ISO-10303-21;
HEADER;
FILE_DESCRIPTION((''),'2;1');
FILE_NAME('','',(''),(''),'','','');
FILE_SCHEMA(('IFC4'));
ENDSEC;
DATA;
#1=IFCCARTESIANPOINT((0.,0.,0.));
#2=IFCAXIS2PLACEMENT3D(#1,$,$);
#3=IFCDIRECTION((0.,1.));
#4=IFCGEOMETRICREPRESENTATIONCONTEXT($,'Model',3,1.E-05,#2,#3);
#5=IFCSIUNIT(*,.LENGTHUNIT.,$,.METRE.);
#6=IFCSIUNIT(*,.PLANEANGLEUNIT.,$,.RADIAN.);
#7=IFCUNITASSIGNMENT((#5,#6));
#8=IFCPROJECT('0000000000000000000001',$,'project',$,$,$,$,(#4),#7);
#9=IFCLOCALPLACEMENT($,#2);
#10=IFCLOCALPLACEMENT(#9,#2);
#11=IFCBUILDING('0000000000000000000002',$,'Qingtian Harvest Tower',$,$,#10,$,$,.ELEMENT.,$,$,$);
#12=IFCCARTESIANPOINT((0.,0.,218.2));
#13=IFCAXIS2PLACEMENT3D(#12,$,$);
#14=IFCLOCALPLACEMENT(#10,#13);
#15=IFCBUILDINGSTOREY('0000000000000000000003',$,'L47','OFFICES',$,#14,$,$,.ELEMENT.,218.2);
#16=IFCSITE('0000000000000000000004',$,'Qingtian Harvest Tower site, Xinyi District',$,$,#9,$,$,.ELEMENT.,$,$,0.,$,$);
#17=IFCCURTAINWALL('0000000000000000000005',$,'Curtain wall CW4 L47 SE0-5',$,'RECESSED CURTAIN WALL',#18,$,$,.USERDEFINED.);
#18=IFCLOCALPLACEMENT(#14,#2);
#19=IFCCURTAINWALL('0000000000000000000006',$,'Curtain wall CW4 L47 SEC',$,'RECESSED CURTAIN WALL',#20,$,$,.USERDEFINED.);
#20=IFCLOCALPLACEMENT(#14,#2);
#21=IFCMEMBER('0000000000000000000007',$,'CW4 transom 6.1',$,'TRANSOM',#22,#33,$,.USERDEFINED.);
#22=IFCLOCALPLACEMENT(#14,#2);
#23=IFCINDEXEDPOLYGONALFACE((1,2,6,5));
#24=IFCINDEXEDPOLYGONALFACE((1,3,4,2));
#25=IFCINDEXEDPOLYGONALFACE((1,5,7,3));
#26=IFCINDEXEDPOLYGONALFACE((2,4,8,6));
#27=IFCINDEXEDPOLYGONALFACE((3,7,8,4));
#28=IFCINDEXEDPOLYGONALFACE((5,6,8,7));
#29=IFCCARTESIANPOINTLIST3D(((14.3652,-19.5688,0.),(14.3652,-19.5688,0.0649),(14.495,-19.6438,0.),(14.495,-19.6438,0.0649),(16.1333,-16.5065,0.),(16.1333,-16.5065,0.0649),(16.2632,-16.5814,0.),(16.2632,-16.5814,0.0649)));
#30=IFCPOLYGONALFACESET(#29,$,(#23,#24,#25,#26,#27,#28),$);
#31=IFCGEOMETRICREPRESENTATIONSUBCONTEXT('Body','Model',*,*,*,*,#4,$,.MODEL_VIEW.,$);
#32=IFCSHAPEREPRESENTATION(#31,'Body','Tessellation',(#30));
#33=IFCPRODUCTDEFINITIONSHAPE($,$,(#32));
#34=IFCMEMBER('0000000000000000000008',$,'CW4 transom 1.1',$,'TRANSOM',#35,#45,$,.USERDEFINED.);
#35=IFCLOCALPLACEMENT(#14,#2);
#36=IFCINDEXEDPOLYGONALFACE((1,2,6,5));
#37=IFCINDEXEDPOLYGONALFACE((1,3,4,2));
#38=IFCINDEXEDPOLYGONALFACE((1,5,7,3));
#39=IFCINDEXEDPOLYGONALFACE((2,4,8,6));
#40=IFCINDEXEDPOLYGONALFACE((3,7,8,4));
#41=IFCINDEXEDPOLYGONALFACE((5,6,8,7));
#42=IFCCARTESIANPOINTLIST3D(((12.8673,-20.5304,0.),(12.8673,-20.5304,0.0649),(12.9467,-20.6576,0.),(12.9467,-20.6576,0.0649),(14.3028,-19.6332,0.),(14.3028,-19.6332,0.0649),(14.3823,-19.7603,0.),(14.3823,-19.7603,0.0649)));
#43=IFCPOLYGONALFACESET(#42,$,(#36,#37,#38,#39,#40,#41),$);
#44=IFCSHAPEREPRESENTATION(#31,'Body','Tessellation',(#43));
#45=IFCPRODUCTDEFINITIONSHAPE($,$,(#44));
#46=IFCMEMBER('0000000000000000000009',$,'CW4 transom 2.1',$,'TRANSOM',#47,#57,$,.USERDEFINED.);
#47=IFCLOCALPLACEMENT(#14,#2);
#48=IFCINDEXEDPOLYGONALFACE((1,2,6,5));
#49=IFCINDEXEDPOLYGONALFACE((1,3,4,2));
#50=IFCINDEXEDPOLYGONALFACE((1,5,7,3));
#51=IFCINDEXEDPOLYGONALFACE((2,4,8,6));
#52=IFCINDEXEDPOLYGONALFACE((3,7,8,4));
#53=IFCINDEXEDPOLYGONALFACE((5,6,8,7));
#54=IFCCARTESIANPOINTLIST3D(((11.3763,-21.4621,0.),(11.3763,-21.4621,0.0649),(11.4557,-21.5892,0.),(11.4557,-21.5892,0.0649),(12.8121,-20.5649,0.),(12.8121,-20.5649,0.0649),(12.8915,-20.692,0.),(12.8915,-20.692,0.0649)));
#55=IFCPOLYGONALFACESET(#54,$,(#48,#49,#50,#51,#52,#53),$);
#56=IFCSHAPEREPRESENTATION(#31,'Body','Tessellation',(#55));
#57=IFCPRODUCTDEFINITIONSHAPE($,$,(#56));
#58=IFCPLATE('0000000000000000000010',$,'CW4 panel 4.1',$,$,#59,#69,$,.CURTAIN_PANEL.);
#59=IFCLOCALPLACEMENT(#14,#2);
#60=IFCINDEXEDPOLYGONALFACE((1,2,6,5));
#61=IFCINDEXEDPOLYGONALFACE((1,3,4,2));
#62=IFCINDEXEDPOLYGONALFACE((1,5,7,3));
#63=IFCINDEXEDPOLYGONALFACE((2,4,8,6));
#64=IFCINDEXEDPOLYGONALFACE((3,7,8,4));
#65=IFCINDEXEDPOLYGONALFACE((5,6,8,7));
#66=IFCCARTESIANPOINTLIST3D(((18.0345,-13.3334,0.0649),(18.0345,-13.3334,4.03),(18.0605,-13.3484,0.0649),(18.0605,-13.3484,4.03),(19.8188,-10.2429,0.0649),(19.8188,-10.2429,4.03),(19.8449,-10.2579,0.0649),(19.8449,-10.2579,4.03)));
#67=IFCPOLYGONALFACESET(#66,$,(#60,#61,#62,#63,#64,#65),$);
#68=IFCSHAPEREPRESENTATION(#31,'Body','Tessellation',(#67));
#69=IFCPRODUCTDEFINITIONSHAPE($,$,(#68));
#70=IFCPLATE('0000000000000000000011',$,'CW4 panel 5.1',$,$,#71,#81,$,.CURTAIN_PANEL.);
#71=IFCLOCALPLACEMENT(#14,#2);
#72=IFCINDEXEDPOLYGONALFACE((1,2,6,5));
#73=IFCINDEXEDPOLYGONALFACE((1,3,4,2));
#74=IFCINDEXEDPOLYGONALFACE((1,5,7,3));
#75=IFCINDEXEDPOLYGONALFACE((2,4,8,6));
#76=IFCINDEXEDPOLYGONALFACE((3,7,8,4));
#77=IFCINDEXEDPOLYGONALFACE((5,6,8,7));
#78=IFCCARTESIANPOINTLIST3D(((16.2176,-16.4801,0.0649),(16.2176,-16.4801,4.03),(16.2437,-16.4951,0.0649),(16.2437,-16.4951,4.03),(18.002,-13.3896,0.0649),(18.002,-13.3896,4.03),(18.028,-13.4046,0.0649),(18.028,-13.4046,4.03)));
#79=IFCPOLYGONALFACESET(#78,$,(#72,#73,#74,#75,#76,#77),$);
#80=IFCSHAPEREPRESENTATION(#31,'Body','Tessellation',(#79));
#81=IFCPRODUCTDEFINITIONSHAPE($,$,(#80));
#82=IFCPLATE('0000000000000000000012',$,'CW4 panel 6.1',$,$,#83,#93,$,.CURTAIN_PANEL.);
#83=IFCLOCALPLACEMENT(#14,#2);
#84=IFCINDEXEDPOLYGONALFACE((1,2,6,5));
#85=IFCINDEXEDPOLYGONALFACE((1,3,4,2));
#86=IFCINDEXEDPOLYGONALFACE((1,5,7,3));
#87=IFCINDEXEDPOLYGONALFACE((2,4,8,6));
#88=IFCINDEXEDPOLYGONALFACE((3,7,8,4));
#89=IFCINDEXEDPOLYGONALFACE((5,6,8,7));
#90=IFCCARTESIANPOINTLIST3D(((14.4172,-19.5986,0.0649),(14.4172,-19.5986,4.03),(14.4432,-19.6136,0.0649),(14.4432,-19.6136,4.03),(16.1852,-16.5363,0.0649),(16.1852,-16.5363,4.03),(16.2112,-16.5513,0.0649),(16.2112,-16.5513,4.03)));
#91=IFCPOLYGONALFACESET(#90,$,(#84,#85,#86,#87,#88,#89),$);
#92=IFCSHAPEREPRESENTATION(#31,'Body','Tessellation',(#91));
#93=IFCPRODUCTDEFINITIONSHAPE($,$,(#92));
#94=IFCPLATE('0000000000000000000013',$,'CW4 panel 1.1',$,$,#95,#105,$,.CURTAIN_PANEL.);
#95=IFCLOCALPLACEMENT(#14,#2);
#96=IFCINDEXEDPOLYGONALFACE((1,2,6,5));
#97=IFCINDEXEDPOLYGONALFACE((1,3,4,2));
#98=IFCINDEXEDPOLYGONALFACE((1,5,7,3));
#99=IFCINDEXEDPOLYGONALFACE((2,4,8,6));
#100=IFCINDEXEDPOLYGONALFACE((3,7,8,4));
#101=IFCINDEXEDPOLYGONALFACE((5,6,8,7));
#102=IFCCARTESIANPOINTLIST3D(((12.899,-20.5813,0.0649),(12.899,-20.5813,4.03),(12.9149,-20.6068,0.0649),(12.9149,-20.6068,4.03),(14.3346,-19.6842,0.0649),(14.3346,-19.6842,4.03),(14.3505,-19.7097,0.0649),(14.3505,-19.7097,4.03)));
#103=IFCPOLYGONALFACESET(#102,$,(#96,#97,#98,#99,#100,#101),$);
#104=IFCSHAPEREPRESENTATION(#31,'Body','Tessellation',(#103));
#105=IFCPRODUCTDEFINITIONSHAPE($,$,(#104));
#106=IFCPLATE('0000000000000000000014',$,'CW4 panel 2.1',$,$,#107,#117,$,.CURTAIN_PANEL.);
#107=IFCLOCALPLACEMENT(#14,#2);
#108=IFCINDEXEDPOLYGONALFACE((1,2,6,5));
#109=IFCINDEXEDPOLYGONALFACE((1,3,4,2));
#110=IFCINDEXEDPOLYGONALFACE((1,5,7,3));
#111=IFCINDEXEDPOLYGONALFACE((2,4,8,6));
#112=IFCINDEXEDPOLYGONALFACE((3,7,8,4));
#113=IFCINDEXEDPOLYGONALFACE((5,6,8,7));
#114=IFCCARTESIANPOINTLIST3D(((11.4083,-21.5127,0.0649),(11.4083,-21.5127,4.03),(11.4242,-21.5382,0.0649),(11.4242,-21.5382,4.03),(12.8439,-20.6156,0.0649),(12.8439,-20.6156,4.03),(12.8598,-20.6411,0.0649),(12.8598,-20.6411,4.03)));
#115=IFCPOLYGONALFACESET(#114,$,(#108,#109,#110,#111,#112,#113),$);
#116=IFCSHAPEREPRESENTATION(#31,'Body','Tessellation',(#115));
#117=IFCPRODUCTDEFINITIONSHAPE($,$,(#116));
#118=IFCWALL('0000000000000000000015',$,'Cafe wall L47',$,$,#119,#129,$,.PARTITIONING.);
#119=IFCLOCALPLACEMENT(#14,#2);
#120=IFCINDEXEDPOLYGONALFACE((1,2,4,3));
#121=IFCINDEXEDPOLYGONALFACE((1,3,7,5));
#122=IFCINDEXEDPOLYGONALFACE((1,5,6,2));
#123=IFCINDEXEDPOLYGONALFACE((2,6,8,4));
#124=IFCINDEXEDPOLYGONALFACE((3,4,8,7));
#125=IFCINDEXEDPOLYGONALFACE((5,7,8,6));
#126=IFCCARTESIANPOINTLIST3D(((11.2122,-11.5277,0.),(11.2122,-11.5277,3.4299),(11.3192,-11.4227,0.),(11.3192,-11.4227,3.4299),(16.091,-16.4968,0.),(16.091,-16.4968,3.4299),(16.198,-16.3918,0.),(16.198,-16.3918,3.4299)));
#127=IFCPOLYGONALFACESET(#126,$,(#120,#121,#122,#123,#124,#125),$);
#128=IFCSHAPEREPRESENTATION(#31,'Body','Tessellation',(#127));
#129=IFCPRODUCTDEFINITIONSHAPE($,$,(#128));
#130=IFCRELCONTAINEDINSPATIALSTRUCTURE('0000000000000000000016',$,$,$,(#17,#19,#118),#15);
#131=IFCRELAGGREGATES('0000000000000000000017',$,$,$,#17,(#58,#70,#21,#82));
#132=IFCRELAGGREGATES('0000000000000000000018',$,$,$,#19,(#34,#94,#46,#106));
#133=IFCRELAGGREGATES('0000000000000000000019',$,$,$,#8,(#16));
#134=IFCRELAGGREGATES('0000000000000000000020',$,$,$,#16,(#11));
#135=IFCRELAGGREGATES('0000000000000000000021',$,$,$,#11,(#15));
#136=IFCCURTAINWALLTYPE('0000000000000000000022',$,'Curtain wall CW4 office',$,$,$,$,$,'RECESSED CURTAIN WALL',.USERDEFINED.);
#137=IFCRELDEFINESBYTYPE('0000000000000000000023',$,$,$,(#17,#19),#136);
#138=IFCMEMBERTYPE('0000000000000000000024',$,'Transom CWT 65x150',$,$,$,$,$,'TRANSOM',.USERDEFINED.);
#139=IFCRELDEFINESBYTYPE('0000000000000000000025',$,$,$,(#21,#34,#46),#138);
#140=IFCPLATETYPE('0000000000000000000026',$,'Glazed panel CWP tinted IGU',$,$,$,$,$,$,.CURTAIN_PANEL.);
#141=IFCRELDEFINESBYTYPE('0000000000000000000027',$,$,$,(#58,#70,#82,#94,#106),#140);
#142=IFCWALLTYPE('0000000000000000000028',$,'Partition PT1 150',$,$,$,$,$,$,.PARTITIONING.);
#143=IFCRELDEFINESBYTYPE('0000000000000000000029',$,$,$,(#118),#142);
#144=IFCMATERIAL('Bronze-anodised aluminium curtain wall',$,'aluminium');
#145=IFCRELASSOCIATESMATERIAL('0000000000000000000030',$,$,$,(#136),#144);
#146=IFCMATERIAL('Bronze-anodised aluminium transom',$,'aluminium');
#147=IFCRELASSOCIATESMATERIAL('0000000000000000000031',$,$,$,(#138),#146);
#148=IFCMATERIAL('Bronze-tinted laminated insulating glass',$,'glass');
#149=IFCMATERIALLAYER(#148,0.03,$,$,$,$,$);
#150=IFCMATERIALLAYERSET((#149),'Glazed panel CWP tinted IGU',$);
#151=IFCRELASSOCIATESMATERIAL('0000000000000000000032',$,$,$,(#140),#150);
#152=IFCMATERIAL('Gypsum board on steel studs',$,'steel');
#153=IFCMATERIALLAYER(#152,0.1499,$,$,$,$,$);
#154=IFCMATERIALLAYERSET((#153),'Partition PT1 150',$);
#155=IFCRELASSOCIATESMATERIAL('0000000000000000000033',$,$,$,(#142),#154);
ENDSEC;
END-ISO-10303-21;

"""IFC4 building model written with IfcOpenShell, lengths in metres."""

from ifc_helpers import new_model, si_unit, direction, frame, frame_2d, origin, origin_2d, place, context, subcontext, project, spatial, rectangle, extrude, material, layer, layer_set, material_profile, profile_set, type_object, element, aggregate, save


model = new_model("IFC4")

# Units and contexts
model_context = context("Model", 3, precision=1e-05, world=origin(), true_north=direction((0.0, 1.0)))
body_context = subcontext(model_context, "Body", "Model", "MODEL_VIEW")
ifc_project = project(units=[si_unit("LENGTHUNIT", "METRE"), si_unit("PLANEANGLEUNIT", "RADIAN")], contexts=[model_context])

# Site, building, storey
site_placement = place(None, origin())
site = spatial("IfcSite", under=ifc_project, at=site_placement, Name="Qingtian Harvest Tower site, Xinyi District", CompositionType="ELEMENT", RefElevation=0.0)
building_placement = place(site_placement, origin())
building = spatial("IfcBuilding", under=site, at=building_placement, Name="Qingtian Harvest Tower", CompositionType="ELEMENT")
storey_placement = place(building_placement, frame((0.0, 0.0, 218.2)))
storey = spatial("IfcBuildingStorey", under=building, at=storey_placement, Name="L47", Description="OFFICES", CompositionType="ELEMENT", Elevation=218.2)

# Curtain walls
ifc_material_1 = material(Name="Bronze-anodised aluminium curtain wall", Category="aluminium")
curtain_wall_type = type_object("IfcCurtainWallType", Name="Curtain wall CW4 office", ElementType="RECESSED CURTAIN WALL", PredefinedType="USERDEFINED", material=ifc_material_1)
curtain_wall_1_placement = place(storey_placement, origin())
curtain_wall_1 = element("IfcCurtainWall", 1, at=curtain_wall_1_placement, inside=storey, type_object=curtain_wall_type, Name="Curtain wall CW4 L47 SE0-5", ObjectType="RECESSED CURTAIN WALL", PredefinedType="USERDEFINED")
curtain_wall_2_placement = place(storey_placement, origin())
curtain_wall_2 = element("IfcCurtainWall", 2, at=curtain_wall_2_placement, inside=storey, type_object=curtain_wall_type, Name="Curtain wall CW4 L47 SEC", ObjectType="RECESSED CURTAIN WALL", PredefinedType="USERDEFINED")

# Members
ifc_material_2 = material(Name="Bronze-anodised aluminium transom", Category="aluminium")
ifc_material_profile_1 = material_profile(ifc_material_2, rectangle(XDim=0.1499, YDim=0.0649, at=origin_2d()), Name="AL 65x150")
ifc_profile_set_1 = profile_set([ifc_material_profile_1], Name="Bronze-anodised aluminium transom")
member_type_1 = type_object("IfcMemberType", Name="Transom CWT 65x150", ElementType="TRANSOM", PredefinedType="USERDEFINED", material=ifc_profile_set_1)
member_1_placement = place(storey_placement, frame((16.1982, -16.5439, 0.0325), z_axis=(-0.500015, -0.866017, 0.0), x_axis=(0.866017, -0.500015, 0.0)))
member_1 = element("IfcMember", 3, at=member_1_placement, type_object=member_type_1, Name="CW4 transom 6.1", ObjectType="TRANSOM", PredefinedType="USERDEFINED", context=body_context, shape_type="SweptSolid", body=[
    extrude(rectangle(XDim=0.1499, YDim=0.0649, at=origin_2d()), origin(), (0.0, 0.0, 1.0), 3.5361),
])
member_2_placement = place(storey_placement, frame((14.3425, -19.6968, 0.0325), z_axis=(-0.847998, -0.529999, 0.0), x_axis=(0.529999, -0.847998, 0.0)))
member_2 = element("IfcMember", 4, at=member_2_placement, type_object=member_type_1, Name="CW4 transom 1.1", ObjectType="TRANSOM", PredefinedType="USERDEFINED", context=body_context, shape_type="SweptSolid", body=[
    extrude(rectangle(XDim=0.1499, YDim=0.0649, at=origin_2d()), origin(), (0.0, 0.0, 1.0), 1.6929),
])
member_3_placement = place(storey_placement, frame((12.8518, -20.6284, 0.0325), z_axis=(-0.848039, -0.529934, 0.0), x_axis=(0.529934, -0.848039, 0.0)))
member_3 = element("IfcMember", 5, at=member_3_placement, type_object=member_type_1, Name="CW4 transom 2.1", ObjectType="TRANSOM", PredefinedType="USERDEFINED", context=body_context, shape_type="SweptSolid", body=[
    extrude(rectangle(XDim=0.1499, YDim=0.0649, at=origin_2d()), origin(), (0.0, 0.0, 1.0), 1.6931),
])

# Plates
ifc_material_3 = material(Name="Bronze-tinted laminated insulating glass", Category="glass")
ifc_layer_1 = layer(ifc_material_3, 0.03)
ifc_layer_set_1 = layer_set([ifc_layer_1], Name="Glazed panel CWP tinted IGU")
plate_type = type_object("IfcPlateType", Name="Glazed panel CWP tinted IGU", PredefinedType="CURTAIN_PANEL", material=ifc_layer_set_1)
plate_1_placement = place(storey_placement, frame((18.9397, -11.7957, 0.0649), z_axis=(0.0, 0.0, 1.0), x_axis=(-0.5, -0.866025, 0.0)))
plate_1 = element("IfcPlate", 6, at=plate_1_placement, type_object=plate_type, Name="CW4 panel 4.1", PredefinedType="CURTAIN_PANEL", context=body_context, shape_type="SweptSolid", body=[
    extrude(rectangle(XDim=3.5686, YDim=0.03, at=origin_2d()), origin(), (0.0, 0.0, 1.0), 3.9651),
])
plate_2_placement = place(storey_placement, frame((17.1228, -14.9424, 0.0649), z_axis=(0.0, 0.0, 1.0), x_axis=(-0.5, -0.866025, 0.0)))
plate_2 = element("IfcPlate", 7, at=plate_2_placement, type_object=plate_type, Name="CW4 panel 5.1", PredefinedType="CURTAIN_PANEL", context=body_context, shape_type="SweptSolid", body=[
    extrude(rectangle(XDim=3.5686, YDim=0.03, at=origin_2d()), origin(), (0.0, 0.0, 1.0), 3.9651),
])
plate_3_placement = place(storey_placement, frame((15.3142, -18.075, 0.0649), z_axis=(0.0, 0.0, 1.0), x_axis=(-0.5, -0.866025, 0.0)))
plate_3 = element("IfcPlate", 8, at=plate_3_placement, type_object=plate_type, Name="CW4 panel 6.1", PredefinedType="CURTAIN_PANEL", context=body_context, shape_type="SweptSolid", body=[
    extrude(rectangle(XDim=3.5361, YDim=0.03, at=origin_2d()), origin(), (0.0, 0.0, 1.0), 3.9651),
])
aggregate(curtain_wall_1, [plate_1, plate_2, member_1, plate_3])
plate_4_placement = place(storey_placement, frame((13.6248, -20.1455, 0.0649), z_axis=(0.0, 0.0, 1.0), x_axis=(-0.848048, -0.529919, 0.0)))
plate_4 = element("IfcPlate", 9, at=plate_4_placement, type_object=plate_type, Name="CW4 panel 1.1", PredefinedType="CURTAIN_PANEL", context=body_context, shape_type="SweptSolid", body=[
    extrude(rectangle(XDim=1.6929, YDim=0.03, at=origin_2d()), origin(), (0.0, 0.0, 1.0), 3.9651),
])
plate_5_placement = place(storey_placement, frame((12.134, -21.0769, 0.0649), z_axis=(0.0, 0.0, 1.0), x_axis=(-0.848048, -0.529919, 0.0)))
plate_5 = element("IfcPlate", 10, at=plate_5_placement, type_object=plate_type, Name="CW4 panel 2.1", PredefinedType="CURTAIN_PANEL", context=body_context, shape_type="SweptSolid", body=[
    extrude(rectangle(XDim=1.6929, YDim=0.03, at=origin_2d()), origin(), (0.0, 0.0, 1.0), 3.9651),
])
aggregate(curtain_wall_2, [member_2, plate_4, member_3, plate_5])

# Wall
ifc_material_4 = material(Name="Gypsum board on steel studs", Category="steel")
ifc_layer_2 = layer(ifc_material_4, 0.1499)
ifc_layer_set_2 = layer_set([ifc_layer_2], Name="Partition PT1 150")
wall_type = type_object("IfcWallType", Name="Partition PT1 150", PredefinedType="PARTITIONING", material=ifc_layer_set_2)
wall_placement = place(storey_placement, frame((16.1445, -16.4443, 0.0), z_axis=(0.0, 0.0, 1.0), x_axis=(-0.700591, 0.713563, 0.0)))
element("IfcWall", 11, at=wall_placement, inside=storey, type_object=wall_type, Name="Cafe wall L47", PredefinedType="PARTITIONING", context=body_context, shape_type="SweptSolid", body=[
    extrude(rectangle(XDim=6.9639, YDim=0.1499, at=frame_2d((3.4819, 0.0))), origin(), (0.0, 0.0, 1.0), 3.4299),
])

save(model, "model.ifc")
